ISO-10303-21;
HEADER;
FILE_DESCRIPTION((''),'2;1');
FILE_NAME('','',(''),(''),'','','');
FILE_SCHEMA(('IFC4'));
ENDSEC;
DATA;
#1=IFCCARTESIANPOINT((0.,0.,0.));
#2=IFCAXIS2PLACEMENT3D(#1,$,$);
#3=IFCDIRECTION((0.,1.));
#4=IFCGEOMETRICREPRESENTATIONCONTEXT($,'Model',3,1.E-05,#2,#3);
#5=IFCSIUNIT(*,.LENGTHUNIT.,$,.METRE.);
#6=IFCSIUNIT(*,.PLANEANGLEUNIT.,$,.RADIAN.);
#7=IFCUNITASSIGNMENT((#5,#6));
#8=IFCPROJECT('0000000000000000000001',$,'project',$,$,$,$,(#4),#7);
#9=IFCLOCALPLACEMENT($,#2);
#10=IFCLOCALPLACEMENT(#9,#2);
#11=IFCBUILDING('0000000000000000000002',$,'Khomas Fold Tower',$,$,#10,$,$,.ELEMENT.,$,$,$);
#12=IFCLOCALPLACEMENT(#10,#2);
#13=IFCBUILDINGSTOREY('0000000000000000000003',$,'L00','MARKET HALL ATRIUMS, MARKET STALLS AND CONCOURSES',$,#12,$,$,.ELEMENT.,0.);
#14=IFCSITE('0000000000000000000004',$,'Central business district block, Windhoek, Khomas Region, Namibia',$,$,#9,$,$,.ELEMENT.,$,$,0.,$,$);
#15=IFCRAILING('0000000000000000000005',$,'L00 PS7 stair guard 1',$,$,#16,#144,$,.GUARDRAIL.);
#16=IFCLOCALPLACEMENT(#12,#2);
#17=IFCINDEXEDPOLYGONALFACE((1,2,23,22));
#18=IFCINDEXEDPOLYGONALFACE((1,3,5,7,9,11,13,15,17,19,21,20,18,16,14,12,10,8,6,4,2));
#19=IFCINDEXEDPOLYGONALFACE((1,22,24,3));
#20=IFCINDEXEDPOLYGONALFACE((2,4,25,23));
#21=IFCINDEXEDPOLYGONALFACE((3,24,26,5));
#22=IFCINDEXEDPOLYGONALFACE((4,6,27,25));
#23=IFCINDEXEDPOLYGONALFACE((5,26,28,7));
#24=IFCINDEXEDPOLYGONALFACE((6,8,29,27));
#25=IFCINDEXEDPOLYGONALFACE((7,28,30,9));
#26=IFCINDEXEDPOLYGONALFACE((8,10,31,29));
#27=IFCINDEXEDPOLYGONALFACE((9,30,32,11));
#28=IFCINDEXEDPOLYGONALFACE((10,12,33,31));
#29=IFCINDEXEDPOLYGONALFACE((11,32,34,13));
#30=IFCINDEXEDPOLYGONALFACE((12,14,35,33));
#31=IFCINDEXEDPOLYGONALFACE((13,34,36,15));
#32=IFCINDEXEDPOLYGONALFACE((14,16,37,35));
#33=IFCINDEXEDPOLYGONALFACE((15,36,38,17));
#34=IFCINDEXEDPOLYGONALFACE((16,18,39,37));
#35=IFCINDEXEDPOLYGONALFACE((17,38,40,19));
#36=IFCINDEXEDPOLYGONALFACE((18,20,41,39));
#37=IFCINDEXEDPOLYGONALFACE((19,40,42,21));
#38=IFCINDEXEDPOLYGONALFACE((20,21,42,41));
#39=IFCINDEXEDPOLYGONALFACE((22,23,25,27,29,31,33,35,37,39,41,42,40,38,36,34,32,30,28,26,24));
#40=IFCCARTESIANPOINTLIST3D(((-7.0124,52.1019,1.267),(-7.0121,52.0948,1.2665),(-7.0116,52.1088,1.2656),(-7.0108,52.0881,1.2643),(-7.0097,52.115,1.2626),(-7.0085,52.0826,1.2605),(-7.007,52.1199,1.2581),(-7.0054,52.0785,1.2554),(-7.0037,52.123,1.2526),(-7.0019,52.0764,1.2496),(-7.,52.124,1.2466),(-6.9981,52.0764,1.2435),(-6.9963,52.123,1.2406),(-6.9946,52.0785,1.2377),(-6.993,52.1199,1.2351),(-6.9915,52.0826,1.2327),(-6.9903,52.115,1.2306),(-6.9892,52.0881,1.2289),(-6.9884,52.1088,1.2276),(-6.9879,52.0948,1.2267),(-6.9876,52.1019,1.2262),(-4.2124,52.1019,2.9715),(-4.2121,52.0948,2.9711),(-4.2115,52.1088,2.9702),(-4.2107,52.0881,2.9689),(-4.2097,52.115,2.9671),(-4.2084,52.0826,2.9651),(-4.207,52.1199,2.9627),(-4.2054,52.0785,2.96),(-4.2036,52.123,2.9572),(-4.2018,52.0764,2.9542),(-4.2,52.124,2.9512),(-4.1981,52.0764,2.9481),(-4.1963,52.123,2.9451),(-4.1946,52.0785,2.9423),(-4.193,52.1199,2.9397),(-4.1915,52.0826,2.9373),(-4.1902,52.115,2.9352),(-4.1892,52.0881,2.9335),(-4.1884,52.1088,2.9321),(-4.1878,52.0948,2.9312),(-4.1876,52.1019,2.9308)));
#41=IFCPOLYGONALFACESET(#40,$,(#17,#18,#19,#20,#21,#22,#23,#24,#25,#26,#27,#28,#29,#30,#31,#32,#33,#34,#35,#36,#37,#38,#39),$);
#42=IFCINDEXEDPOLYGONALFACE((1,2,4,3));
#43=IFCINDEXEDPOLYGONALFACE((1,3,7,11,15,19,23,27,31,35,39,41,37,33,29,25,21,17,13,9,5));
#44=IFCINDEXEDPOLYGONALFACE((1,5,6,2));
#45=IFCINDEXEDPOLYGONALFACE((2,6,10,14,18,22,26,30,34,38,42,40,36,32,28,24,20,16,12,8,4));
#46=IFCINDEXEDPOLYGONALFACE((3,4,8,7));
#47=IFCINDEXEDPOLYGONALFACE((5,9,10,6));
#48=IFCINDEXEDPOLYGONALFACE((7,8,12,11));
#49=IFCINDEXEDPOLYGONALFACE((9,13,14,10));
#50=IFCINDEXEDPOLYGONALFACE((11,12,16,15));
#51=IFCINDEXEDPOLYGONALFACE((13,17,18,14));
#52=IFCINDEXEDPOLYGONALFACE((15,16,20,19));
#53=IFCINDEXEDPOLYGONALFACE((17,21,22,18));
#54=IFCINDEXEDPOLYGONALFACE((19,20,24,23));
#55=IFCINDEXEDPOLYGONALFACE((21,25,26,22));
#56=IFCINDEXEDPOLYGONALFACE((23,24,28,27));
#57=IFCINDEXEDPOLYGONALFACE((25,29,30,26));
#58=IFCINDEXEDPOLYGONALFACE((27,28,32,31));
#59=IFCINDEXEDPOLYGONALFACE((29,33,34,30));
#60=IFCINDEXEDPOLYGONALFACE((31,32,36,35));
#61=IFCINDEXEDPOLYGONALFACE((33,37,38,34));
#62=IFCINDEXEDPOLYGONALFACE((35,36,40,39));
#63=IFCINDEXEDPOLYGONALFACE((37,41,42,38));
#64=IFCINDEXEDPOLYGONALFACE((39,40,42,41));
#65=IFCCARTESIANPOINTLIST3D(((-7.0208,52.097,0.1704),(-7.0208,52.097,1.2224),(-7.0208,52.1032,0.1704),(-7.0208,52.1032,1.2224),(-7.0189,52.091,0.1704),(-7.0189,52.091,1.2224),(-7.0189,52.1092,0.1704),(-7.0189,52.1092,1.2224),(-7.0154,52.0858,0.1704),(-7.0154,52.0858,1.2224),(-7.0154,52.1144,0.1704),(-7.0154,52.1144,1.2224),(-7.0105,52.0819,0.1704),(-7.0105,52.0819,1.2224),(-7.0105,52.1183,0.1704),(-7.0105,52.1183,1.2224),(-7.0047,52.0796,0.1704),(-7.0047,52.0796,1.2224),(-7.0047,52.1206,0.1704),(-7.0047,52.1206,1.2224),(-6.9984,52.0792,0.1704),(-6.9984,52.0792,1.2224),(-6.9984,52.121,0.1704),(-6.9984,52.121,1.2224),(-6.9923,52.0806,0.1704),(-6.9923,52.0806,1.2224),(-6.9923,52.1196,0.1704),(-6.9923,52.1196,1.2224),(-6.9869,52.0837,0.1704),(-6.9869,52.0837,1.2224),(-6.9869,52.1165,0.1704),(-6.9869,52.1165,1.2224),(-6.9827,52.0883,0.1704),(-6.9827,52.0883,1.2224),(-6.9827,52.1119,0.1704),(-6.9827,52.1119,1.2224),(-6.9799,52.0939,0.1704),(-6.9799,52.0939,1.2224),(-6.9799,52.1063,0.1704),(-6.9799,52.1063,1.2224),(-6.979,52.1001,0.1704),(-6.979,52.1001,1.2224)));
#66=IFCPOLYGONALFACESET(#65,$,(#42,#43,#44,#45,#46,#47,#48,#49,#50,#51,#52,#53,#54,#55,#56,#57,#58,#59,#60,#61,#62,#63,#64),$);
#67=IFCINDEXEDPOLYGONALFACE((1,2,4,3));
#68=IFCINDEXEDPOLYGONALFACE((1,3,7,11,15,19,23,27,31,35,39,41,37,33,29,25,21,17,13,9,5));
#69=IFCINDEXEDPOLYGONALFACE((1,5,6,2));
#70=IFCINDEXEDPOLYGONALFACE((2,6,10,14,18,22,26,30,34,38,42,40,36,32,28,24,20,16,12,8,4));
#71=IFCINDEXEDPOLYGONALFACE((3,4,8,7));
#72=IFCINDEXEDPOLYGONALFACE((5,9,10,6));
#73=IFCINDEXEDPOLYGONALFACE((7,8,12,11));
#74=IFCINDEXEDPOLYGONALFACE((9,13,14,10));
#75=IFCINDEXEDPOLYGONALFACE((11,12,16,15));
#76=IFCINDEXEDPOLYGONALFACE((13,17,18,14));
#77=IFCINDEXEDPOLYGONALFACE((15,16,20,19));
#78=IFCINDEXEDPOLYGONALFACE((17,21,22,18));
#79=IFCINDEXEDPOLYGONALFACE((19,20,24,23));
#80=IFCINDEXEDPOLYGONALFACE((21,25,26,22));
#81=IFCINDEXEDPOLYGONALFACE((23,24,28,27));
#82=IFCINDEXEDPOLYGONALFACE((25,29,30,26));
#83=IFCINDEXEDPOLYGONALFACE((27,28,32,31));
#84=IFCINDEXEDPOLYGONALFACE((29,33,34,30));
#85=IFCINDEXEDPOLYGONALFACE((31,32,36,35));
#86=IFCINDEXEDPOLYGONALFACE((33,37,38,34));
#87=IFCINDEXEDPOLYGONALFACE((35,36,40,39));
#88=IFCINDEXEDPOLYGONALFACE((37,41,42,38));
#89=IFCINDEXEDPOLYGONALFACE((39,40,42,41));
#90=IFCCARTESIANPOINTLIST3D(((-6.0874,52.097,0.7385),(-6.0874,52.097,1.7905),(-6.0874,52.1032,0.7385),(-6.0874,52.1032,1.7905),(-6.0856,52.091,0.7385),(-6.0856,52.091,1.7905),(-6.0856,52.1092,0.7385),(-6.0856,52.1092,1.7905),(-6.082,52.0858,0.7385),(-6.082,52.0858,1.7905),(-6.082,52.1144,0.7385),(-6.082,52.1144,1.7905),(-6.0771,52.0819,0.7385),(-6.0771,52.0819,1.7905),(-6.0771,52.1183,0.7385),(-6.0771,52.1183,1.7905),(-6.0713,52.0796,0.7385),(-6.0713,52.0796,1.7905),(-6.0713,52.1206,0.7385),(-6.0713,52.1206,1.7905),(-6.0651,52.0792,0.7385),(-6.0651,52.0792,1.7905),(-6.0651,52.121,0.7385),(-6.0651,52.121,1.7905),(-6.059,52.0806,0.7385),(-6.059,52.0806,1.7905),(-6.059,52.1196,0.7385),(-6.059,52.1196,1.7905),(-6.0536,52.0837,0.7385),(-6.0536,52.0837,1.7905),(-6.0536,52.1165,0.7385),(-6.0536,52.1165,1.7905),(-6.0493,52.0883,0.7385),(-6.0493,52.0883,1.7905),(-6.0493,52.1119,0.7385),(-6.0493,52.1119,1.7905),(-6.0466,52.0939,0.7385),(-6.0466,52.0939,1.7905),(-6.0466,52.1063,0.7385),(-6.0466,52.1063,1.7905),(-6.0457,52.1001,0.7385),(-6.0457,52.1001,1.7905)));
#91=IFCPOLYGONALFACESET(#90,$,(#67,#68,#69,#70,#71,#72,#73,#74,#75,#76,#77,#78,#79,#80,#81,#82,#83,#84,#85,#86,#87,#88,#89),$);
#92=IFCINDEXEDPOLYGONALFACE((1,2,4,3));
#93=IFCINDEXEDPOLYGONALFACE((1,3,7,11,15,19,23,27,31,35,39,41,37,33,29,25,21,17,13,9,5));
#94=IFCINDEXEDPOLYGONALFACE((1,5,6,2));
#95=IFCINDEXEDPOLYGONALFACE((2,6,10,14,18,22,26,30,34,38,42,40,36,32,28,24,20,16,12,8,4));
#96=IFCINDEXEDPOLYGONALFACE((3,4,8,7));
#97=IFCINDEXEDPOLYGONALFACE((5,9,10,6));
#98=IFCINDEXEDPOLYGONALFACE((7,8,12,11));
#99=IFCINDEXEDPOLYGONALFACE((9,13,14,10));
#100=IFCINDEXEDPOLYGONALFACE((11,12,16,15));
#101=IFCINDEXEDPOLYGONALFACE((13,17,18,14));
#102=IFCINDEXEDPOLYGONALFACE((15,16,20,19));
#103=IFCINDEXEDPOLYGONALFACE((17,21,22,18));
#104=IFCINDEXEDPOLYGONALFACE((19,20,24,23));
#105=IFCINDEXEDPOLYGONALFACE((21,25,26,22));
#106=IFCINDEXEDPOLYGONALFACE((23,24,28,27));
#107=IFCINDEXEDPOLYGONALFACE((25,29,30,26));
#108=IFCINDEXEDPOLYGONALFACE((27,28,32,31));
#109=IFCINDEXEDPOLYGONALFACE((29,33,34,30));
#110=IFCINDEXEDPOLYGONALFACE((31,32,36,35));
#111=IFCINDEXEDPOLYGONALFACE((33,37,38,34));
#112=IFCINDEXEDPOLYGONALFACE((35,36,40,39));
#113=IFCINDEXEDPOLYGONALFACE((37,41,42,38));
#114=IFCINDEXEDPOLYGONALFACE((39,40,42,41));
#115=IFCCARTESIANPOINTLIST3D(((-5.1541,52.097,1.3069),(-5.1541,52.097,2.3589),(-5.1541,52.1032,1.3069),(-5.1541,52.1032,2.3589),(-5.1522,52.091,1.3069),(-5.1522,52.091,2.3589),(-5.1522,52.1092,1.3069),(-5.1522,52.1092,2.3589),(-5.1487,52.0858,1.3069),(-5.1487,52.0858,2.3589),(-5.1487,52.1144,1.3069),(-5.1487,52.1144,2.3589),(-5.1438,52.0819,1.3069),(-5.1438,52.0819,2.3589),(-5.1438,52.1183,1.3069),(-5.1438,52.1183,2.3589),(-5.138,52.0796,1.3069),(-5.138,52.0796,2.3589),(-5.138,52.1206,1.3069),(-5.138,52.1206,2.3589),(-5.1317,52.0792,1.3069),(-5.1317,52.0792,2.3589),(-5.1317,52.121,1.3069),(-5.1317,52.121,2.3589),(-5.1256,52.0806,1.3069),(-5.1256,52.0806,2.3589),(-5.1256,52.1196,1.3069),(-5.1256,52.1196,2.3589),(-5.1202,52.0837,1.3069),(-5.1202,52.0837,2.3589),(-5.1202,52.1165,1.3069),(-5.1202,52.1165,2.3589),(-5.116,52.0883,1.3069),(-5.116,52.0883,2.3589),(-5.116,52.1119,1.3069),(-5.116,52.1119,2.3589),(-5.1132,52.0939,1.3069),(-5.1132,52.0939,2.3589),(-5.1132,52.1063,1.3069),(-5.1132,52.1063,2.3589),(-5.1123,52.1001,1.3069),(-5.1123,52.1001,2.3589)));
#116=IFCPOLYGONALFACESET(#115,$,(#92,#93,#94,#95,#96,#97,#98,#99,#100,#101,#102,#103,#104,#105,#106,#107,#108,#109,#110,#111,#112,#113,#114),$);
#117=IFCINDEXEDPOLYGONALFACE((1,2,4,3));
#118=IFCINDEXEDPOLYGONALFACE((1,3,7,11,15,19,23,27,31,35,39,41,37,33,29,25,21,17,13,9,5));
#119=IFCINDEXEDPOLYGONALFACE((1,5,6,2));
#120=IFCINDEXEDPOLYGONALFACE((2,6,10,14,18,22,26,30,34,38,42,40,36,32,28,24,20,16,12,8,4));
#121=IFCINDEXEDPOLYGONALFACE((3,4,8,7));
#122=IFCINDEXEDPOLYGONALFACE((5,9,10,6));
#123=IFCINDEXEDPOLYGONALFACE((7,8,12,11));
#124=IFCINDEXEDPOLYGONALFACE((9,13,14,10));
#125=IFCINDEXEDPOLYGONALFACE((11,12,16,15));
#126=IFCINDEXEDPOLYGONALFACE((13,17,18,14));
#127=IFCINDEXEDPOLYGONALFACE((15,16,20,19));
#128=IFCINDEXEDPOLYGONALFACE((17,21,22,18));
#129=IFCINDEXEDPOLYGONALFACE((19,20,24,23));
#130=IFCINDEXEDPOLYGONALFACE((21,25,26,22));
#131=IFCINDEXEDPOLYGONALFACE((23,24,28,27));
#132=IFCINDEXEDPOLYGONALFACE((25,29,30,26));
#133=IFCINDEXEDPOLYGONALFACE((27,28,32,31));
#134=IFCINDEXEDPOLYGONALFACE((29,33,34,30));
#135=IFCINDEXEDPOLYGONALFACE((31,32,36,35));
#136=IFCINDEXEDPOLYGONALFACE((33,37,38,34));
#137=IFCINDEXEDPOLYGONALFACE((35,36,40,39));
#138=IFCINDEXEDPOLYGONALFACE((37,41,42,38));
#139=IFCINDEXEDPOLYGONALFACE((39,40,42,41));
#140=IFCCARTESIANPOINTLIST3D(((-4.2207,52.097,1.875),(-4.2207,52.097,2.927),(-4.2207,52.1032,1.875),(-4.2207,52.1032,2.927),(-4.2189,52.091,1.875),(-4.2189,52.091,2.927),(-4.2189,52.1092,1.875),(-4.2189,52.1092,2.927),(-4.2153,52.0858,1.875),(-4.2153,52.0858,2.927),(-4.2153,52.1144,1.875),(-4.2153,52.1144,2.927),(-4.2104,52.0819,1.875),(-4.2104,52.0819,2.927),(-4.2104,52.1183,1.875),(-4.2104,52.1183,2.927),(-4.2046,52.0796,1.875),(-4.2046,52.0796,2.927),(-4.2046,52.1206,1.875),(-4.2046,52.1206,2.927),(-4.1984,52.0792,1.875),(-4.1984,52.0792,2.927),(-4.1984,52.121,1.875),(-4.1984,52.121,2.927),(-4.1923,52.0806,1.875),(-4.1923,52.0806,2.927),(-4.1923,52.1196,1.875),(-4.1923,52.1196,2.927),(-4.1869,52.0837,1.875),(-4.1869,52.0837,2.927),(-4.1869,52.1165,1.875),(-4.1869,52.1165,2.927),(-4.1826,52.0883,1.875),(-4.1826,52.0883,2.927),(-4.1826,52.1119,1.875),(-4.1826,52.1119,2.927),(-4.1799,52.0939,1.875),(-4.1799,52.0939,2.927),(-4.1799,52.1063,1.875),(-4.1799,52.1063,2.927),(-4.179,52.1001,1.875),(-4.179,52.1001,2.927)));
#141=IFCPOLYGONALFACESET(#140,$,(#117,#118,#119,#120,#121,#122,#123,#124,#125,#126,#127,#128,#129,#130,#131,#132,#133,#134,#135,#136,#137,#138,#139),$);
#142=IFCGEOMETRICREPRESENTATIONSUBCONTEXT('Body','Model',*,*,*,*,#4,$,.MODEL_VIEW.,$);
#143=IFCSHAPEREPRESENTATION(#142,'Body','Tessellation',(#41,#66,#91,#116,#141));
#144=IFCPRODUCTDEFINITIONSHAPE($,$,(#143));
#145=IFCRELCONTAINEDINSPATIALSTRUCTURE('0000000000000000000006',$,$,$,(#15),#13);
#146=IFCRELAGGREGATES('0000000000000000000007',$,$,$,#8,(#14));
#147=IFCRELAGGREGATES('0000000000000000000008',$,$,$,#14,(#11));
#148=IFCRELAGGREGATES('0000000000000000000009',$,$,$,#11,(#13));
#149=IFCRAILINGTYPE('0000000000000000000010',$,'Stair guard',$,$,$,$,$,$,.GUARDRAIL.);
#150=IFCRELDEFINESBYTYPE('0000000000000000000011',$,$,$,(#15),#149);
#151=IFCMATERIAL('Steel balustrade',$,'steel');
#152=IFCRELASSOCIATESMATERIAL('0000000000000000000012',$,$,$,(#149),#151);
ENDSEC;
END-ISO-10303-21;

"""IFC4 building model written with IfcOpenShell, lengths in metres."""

from ifc_helpers import new_model, si_unit, direction, frame, origin, origin_2d, place, context, subcontext, project, spatial, circle, extrude, source, transform, mapped, material, type_object, element, save


model = new_model("IFC4")

# Units and contexts
model_context = context("Model", 3, precision=1e-05, world=origin(), true_north=direction((0.0, 1.0)))
body_context = subcontext(model_context, "Body", "Model", "MODEL_VIEW")
ifc_project = project(units=[si_unit("LENGTHUNIT", "METRE"), si_unit("PLANEANGLEUNIT", "RADIAN")], contexts=[model_context])

# Site, building, storey
site_placement = place(None, origin())
site = spatial("IfcSite", under=ifc_project, at=site_placement, Name="Central business district block, Windhoek, Khomas Region, Namibia", CompositionType="ELEMENT", RefElevation=0.0)
building_placement = place(site_placement, origin())
building = spatial("IfcBuilding", under=site, at=building_placement, Name="Khomas Fold Tower", CompositionType="ELEMENT")
storey_placement = place(building_placement, origin())
storey = spatial("IfcBuildingStorey", under=building, at=storey_placement, Name="L00", Description="MARKET HALL ATRIUMS, MARKET STALLS AND CONCOURSES", CompositionType="ELEMENT", Elevation=0.0)

# Railing
ifc_material_1 = material(Name="Steel balustrade", Category="steel")
railing_type_1 = type_object("IfcRailingType", Name="Stair guard", PredefinedType="GUARDRAIL", material=ifc_material_1)
shared_shape_1 = source(origin(), body_context, "Body", "SweptSolid", [
    extrude(circle(Radius=0.0239, at=origin_2d()), frame((0.0, 0.0, 1.0762), z_axis=(0.85417, 0.0, 0.519994), x_axis=(0.0, 1.0, 0.0)), (0.0, 0.0, 1.0), 3.2781),
    extrude(circle(Radius=0.021, at=origin_2d()), origin(), (0.0, 0.0, 1.0), 1.052),
    extrude(circle(Radius=0.021, at=origin_2d()), frame((0.9333, 0.0, 0.5681)), (0.0, 0.0, 1.0), 1.052),
    extrude(circle(Radius=0.021, at=origin_2d()), frame((1.8667, 0.0, 1.1365)), (0.0, 0.0, 1.0), 1.052),
    extrude(circle(Radius=0.021, at=origin_2d()), frame((2.8, 0.0, 1.7046)), (0.0, 0.0, 1.0), 1.052),
])
railing_1_placement = place(storey_placement, frame((-7.0, 52.1001, 0.1704)))
element("IfcRailing", 1, at=railing_1_placement, inside=storey, type_object=railing_type_1, Name="L00 PS7 stair guard 1", PredefinedType="GUARDRAIL", context=body_context, shape_type="MappedRepresentation", body=[
    mapped(shared_shape_1, transform((0.0, 0.0, 0.0))),
])

save(model, "model.ifc")
